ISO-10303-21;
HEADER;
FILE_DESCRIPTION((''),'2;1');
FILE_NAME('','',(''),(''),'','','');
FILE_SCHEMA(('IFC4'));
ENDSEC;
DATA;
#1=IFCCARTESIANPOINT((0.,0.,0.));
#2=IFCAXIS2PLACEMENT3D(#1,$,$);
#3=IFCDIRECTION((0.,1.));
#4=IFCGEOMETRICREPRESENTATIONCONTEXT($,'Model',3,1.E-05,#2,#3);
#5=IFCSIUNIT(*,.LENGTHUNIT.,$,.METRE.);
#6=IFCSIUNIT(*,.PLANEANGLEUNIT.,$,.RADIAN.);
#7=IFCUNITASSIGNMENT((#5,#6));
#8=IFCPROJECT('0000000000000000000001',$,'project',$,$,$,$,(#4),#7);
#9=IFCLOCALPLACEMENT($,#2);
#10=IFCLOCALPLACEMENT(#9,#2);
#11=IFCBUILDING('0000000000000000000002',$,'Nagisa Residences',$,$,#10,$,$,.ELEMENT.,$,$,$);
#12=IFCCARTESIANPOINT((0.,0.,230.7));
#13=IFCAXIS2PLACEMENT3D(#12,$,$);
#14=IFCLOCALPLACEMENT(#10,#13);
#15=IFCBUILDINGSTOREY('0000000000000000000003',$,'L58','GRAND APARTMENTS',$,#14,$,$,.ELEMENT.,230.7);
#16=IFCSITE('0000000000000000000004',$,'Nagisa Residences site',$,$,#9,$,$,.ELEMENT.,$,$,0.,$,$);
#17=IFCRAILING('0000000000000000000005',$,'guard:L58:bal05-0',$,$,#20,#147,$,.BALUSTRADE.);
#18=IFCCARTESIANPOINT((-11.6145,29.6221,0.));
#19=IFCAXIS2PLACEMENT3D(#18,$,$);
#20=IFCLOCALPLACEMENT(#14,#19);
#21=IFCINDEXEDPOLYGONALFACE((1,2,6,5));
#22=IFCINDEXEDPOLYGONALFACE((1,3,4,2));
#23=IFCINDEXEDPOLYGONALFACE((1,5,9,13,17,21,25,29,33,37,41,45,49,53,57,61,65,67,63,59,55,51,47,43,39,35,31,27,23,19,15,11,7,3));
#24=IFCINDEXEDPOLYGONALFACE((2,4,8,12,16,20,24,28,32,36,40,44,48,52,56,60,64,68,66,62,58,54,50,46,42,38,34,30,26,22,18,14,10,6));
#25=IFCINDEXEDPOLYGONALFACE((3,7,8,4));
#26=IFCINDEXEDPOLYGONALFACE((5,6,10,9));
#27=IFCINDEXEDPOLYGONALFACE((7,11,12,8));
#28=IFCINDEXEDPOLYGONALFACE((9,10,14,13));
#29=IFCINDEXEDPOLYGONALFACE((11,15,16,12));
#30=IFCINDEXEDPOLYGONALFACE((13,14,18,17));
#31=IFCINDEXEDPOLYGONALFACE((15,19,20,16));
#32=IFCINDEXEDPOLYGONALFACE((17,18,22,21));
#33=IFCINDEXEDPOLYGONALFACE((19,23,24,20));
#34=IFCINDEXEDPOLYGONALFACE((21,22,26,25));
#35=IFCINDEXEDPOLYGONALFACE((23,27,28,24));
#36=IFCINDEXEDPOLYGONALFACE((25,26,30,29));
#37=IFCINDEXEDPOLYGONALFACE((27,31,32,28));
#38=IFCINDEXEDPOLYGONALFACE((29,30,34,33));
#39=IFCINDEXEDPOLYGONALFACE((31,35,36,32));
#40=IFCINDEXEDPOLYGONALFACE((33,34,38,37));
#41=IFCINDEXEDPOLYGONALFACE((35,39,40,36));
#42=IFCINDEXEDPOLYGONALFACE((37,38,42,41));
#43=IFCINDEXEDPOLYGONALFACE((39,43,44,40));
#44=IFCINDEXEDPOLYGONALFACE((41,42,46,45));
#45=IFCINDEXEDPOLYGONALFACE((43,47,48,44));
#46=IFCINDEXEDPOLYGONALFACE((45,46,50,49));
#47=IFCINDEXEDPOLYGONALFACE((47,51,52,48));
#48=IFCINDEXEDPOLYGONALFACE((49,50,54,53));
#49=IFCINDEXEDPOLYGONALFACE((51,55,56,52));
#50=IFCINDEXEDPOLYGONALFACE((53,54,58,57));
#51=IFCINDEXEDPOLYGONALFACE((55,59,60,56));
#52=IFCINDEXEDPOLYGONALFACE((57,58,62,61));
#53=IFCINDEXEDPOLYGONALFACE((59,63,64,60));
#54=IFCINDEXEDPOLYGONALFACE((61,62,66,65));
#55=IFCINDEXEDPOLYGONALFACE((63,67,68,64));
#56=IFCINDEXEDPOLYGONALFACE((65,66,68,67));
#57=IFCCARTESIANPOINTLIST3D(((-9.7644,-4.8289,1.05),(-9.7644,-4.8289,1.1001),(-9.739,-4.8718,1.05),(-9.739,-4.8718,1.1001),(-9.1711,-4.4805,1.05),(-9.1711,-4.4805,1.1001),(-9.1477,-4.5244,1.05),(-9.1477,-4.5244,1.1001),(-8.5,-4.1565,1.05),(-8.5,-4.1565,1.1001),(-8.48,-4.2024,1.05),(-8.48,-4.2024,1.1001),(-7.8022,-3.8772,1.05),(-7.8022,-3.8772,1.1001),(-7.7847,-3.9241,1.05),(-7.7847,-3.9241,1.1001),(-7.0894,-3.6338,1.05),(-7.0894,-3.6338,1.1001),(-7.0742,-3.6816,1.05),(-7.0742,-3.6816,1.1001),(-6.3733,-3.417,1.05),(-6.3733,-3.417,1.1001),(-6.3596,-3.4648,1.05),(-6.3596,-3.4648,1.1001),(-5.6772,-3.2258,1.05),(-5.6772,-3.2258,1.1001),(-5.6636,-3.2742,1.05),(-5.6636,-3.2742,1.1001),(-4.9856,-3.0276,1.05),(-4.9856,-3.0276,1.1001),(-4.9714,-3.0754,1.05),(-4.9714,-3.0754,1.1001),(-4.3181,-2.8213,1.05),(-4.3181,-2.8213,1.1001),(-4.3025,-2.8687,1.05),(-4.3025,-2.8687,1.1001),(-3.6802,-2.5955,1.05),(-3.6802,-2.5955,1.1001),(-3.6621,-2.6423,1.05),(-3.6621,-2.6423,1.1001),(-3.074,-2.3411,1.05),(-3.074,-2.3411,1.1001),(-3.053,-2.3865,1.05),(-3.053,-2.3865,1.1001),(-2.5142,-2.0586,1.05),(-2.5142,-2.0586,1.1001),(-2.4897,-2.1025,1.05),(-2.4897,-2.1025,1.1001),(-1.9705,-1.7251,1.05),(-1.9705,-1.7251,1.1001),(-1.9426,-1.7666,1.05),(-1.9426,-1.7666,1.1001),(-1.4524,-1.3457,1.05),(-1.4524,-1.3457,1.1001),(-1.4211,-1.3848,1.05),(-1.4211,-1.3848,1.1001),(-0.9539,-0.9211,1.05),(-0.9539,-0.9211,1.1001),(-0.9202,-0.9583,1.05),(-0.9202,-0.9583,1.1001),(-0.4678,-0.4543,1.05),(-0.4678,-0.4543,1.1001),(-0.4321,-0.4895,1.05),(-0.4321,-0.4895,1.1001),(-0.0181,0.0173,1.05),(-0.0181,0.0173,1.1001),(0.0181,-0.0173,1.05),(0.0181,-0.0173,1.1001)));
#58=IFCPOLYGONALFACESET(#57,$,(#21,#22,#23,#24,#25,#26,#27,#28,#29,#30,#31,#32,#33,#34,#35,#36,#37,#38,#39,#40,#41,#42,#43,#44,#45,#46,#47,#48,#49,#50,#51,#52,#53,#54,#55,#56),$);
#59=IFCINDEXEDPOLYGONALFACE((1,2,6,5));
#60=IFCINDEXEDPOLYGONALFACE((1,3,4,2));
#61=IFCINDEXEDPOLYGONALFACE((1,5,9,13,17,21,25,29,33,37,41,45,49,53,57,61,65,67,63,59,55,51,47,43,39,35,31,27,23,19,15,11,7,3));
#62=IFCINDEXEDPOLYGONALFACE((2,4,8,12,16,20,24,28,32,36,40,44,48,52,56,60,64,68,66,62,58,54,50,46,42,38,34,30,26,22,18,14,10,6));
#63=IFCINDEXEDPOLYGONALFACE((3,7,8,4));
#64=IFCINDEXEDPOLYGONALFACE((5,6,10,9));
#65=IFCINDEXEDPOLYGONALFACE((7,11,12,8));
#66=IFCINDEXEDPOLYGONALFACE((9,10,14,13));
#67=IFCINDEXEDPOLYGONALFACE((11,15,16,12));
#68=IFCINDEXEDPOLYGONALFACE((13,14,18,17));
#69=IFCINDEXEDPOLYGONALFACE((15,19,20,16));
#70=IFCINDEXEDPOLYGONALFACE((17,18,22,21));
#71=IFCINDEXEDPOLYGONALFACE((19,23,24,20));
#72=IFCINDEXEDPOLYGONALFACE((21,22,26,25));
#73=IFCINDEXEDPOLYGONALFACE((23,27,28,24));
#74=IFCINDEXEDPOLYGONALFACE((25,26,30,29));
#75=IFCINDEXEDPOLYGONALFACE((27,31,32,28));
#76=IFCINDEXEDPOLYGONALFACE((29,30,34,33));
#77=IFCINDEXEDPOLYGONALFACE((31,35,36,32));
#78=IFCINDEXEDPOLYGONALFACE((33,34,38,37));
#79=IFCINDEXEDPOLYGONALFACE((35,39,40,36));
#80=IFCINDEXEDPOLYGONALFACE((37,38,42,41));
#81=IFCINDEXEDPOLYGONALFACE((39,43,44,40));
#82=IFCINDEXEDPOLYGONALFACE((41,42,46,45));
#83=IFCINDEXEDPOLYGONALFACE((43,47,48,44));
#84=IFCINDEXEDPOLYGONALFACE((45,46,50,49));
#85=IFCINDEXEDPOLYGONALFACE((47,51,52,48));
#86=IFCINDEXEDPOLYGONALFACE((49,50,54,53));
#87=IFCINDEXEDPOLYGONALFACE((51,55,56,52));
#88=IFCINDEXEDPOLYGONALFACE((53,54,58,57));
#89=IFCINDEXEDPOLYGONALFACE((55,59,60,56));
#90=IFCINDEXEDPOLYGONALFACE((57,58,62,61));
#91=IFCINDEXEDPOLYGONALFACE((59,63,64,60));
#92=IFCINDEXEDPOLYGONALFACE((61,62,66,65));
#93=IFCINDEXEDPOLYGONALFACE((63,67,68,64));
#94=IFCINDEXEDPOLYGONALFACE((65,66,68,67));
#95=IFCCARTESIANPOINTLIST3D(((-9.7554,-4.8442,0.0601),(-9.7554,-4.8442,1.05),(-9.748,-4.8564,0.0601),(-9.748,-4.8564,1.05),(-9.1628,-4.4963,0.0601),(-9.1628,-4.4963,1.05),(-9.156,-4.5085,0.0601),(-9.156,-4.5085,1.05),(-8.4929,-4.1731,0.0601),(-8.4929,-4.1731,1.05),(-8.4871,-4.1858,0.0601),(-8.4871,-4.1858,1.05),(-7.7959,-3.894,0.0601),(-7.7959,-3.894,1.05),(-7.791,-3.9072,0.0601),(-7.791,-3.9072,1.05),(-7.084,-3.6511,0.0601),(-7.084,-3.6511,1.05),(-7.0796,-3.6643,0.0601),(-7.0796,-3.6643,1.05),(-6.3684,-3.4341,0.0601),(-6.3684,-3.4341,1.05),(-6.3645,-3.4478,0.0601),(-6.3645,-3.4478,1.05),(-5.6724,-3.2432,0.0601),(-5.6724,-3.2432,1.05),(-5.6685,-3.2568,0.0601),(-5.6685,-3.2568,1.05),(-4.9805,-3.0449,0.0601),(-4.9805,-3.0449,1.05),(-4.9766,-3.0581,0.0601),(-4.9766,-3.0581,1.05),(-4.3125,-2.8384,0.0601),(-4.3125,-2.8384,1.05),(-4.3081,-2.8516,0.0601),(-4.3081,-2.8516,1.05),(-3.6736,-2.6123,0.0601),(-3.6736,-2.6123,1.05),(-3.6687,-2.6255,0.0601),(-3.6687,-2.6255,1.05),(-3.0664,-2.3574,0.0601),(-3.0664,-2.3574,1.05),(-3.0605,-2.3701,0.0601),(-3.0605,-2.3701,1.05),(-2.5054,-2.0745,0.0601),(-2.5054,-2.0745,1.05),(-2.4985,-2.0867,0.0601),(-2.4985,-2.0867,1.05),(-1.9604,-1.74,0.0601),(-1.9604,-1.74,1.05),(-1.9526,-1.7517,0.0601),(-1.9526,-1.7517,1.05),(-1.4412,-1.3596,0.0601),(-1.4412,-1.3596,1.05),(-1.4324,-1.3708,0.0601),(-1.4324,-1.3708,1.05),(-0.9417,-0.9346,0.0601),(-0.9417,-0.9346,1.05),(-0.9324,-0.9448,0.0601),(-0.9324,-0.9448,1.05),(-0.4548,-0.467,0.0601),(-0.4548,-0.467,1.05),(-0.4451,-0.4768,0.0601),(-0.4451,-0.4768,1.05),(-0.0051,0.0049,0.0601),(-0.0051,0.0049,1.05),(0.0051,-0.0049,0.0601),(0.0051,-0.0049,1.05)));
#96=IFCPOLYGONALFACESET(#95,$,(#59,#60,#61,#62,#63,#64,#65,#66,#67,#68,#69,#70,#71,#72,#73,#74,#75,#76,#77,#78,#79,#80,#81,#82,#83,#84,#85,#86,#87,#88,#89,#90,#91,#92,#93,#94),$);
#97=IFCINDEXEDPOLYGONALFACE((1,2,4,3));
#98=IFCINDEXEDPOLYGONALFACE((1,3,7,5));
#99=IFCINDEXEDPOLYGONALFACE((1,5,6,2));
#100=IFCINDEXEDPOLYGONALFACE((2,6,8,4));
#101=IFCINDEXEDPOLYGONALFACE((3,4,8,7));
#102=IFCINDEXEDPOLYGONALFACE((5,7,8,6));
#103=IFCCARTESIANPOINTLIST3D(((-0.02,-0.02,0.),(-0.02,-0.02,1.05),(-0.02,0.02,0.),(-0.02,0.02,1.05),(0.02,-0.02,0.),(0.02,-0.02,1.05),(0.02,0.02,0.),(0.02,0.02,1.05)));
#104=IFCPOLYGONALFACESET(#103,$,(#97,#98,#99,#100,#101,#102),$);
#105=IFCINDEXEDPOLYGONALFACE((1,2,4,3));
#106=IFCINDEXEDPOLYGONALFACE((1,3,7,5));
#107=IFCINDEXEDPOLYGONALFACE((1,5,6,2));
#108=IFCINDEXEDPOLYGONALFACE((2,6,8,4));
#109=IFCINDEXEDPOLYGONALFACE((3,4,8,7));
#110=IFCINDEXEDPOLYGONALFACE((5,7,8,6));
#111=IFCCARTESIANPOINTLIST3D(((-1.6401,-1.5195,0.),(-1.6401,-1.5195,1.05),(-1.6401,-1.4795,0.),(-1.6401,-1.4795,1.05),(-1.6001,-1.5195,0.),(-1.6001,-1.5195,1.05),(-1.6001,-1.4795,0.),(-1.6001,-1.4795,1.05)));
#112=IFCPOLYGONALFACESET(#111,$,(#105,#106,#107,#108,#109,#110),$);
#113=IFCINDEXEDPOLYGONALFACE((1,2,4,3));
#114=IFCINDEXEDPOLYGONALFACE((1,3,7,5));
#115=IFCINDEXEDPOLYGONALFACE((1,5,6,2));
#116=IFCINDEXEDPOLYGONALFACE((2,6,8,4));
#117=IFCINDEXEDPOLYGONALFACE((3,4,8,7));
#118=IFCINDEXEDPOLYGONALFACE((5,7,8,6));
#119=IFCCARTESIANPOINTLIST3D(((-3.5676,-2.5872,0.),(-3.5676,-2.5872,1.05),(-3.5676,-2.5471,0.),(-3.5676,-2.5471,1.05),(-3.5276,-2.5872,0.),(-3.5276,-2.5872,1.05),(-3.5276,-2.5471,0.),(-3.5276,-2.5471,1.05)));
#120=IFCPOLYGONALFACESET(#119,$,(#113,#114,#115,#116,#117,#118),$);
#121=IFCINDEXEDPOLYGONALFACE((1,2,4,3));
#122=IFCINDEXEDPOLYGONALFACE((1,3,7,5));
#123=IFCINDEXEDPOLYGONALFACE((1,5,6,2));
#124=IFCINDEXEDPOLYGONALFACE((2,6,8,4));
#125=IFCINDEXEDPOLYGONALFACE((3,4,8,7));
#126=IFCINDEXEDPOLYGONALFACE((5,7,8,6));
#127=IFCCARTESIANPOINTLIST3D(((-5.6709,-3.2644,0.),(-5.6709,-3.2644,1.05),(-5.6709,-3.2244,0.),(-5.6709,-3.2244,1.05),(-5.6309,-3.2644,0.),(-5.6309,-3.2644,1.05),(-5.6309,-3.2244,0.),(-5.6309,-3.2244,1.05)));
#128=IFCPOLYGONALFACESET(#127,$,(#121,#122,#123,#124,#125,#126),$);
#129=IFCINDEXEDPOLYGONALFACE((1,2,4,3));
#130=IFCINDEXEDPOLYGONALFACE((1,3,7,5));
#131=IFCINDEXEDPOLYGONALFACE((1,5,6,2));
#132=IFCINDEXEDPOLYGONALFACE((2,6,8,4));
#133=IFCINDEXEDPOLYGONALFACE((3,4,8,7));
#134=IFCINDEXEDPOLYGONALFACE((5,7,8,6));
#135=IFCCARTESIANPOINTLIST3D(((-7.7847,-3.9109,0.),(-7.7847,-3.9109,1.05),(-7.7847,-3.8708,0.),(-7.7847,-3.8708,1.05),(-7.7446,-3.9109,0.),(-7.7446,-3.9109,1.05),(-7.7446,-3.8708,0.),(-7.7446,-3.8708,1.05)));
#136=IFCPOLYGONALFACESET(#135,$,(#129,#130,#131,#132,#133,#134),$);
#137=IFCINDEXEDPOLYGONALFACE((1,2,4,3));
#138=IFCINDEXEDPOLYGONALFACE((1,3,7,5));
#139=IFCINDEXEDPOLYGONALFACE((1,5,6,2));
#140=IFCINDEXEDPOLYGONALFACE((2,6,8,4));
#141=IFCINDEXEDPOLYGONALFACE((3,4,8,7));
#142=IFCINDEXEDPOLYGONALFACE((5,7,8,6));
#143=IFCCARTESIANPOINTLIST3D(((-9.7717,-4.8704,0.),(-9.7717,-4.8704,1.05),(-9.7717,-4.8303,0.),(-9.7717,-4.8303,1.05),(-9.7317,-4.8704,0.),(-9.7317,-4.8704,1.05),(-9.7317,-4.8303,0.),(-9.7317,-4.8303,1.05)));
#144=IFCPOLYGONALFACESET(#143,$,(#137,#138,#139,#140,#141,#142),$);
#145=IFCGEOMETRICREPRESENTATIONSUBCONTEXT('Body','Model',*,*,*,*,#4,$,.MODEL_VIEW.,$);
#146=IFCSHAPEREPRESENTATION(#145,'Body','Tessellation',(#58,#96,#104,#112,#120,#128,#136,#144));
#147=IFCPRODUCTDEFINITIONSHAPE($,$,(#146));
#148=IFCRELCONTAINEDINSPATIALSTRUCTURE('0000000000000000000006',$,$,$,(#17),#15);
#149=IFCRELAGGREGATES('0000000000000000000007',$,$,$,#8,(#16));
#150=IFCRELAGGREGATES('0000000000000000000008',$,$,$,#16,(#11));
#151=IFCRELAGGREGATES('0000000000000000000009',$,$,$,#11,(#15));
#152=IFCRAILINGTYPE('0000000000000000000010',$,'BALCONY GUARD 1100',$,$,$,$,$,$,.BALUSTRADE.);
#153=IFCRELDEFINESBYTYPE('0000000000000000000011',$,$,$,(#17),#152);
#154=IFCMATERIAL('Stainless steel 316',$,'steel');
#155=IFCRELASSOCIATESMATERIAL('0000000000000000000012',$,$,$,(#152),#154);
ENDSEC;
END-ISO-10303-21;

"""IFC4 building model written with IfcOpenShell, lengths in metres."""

from ifc_helpers import new_model, si_unit, direction, frame, origin, origin_2d, place, context, subcontext, project, spatial, polyline, rectangle, outline, extrude, material, type_object, element, save


model = new_model("IFC4")

# Units and contexts
model_context = context("Model", 3, precision=1e-05, world=origin(), true_north=direction((0.0, 1.0)))
body_context = subcontext(model_context, "Body", "Model", "MODEL_VIEW")
ifc_project = project(units=[si_unit("LENGTHUNIT", "METRE"), si_unit("PLANEANGLEUNIT", "RADIAN")], contexts=[model_context])

# Site, building, storey
site_placement = place(None, origin())
site = spatial("IfcSite", under=ifc_project, at=site_placement, Name="Nagisa Residences site", CompositionType="ELEMENT", RefElevation=0.0)
building_placement = place(site_placement, origin())
building = spatial("IfcBuilding", under=site, at=building_placement, Name="Nagisa Residences", CompositionType="ELEMENT")
storey_placement = place(building_placement, frame((0.0, 0.0, 230.7)))
storey = spatial("IfcBuildingStorey", under=building, at=storey_placement, Name="L58", Description="GRAND APARTMENTS", CompositionType="ELEMENT", Elevation=230.7)

# Railing
ifc_material_1 = material(Name="Stainless steel 316", Category="steel")
railing_type = type_object("IfcRailingType", Name="BALCONY GUARD 1100", PredefinedType="BALUSTRADE", material=ifc_material_1)
railing_1_placement = place(storey_placement, frame((-11.6145, 29.6221, 0.0)))
element("IfcRailing", 1, at=railing_1_placement, inside=storey, type_object=railing_type, Name="guard:L58:bal05-0", PredefinedType="BALUSTRADE", context=body_context, shape_type="SweptSolid", body=[
    extrude(outline(polyline([(-0.4321, -0.4895), (0.0181, -0.0173), (-0.0181, 0.0173), (-0.4678, -0.4543), (-0.9539, -0.9211), (-1.4524, -1.3457), (-1.9705, -1.7251), (-2.5142, -2.0586), (-3.074, -2.3411), (-3.6802, -2.5955), (-4.3181, -2.8213), (-4.9856, -3.0276), (-5.6772, -3.2258), (-6.3733, -3.417), (-7.0894, -3.6338), (-7.8022, -3.8772), (-8.5, -4.1565), (-9.1711, -4.4805), (-9.7644, -4.8289), (-9.739, -4.8718), (-9.1477, -4.5244), (-8.48, -4.2024), (-7.7847, -3.9241), (-7.0742, -3.6816), (-6.3596, -3.4648), (-5.6636, -3.2742), (-4.9714, -3.0754), (-4.3025, -2.8687), (-3.6621, -2.6423), (-3.053, -2.3865), (-2.4897, -2.1025), (-1.9426, -1.7666), (-1.4211, -1.3848), (-0.9202, -0.9583), (-0.4321, -0.4895)])), frame((0.0, 0.0, 1.05)), (0.0, 0.0, 1.0), 0.05),
    extrude(outline(polyline([(-0.4451, -0.4768), (0.0051, -0.0049), (-0.0051, 0.0049), (-0.4548, -0.467), (-0.9417, -0.9346), (-1.4412, -1.3596), (-1.9604, -1.74), (-2.5054, -2.0745), (-3.0664, -2.3574), (-3.6736, -2.6123), (-4.3125, -2.8384), (-4.9805, -3.0449), (-5.6724, -3.2432), (-6.3684, -3.4341), (-7.084, -3.6511), (-7.7959, -3.894), (-8.4929, -4.1731), (-9.1628, -4.4963), (-9.7554, -4.8442), (-9.748, -4.8564), (-9.156, -4.5085), (-8.4871, -4.1858), (-7.791, -3.9072), (-7.0796, -3.6643), (-6.3645, -3.4478), (-5.6685, -3.2568), (-4.9766, -3.0581), (-4.3081, -2.8516), (-3.6687, -2.6255), (-3.0605, -2.3701), (-2.4985, -2.0867), (-1.9526, -1.7517), (-1.4324, -1.3708), (-0.9324, -0.9448), (-0.4451, -0.4768)])), frame((0.0, 0.0, 0.0601)), (0.0, 0.0, 1.0), 0.99),
    extrude(rectangle(XDim=0.04, YDim=0.04, at=origin_2d()), origin(), (0.0, 0.0, 1.0), 1.05),
    extrude(rectangle(XDim=0.04, YDim=0.04, at=origin_2d()), frame((-1.6201, -1.4995, 0.0)), (0.0, 0.0, 1.0), 1.05),
    extrude(rectangle(XDim=0.04, YDim=0.04, at=origin_2d()), frame((-3.5476, -2.5671, 0.0)), (0.0, 0.0, 1.0), 1.05),
    extrude(rectangle(XDim=0.04, YDim=0.04, at=origin_2d()), frame((-5.6509, -3.2444, 0.0)), (0.0, 0.0, 1.0), 1.05),
    extrude(rectangle(XDim=0.04, YDim=0.04, at=origin_2d()), frame((-7.7646, -3.8909, 0.0)), (0.0, 0.0, 1.0), 1.05),
    extrude(rectangle(XDim=0.04, YDim=0.04, at=origin_2d()), frame((-9.7517, -4.8503, 0.0)), (0.0, 0.0, 1.0), 1.05),
])

save(model, "model.ifc")
